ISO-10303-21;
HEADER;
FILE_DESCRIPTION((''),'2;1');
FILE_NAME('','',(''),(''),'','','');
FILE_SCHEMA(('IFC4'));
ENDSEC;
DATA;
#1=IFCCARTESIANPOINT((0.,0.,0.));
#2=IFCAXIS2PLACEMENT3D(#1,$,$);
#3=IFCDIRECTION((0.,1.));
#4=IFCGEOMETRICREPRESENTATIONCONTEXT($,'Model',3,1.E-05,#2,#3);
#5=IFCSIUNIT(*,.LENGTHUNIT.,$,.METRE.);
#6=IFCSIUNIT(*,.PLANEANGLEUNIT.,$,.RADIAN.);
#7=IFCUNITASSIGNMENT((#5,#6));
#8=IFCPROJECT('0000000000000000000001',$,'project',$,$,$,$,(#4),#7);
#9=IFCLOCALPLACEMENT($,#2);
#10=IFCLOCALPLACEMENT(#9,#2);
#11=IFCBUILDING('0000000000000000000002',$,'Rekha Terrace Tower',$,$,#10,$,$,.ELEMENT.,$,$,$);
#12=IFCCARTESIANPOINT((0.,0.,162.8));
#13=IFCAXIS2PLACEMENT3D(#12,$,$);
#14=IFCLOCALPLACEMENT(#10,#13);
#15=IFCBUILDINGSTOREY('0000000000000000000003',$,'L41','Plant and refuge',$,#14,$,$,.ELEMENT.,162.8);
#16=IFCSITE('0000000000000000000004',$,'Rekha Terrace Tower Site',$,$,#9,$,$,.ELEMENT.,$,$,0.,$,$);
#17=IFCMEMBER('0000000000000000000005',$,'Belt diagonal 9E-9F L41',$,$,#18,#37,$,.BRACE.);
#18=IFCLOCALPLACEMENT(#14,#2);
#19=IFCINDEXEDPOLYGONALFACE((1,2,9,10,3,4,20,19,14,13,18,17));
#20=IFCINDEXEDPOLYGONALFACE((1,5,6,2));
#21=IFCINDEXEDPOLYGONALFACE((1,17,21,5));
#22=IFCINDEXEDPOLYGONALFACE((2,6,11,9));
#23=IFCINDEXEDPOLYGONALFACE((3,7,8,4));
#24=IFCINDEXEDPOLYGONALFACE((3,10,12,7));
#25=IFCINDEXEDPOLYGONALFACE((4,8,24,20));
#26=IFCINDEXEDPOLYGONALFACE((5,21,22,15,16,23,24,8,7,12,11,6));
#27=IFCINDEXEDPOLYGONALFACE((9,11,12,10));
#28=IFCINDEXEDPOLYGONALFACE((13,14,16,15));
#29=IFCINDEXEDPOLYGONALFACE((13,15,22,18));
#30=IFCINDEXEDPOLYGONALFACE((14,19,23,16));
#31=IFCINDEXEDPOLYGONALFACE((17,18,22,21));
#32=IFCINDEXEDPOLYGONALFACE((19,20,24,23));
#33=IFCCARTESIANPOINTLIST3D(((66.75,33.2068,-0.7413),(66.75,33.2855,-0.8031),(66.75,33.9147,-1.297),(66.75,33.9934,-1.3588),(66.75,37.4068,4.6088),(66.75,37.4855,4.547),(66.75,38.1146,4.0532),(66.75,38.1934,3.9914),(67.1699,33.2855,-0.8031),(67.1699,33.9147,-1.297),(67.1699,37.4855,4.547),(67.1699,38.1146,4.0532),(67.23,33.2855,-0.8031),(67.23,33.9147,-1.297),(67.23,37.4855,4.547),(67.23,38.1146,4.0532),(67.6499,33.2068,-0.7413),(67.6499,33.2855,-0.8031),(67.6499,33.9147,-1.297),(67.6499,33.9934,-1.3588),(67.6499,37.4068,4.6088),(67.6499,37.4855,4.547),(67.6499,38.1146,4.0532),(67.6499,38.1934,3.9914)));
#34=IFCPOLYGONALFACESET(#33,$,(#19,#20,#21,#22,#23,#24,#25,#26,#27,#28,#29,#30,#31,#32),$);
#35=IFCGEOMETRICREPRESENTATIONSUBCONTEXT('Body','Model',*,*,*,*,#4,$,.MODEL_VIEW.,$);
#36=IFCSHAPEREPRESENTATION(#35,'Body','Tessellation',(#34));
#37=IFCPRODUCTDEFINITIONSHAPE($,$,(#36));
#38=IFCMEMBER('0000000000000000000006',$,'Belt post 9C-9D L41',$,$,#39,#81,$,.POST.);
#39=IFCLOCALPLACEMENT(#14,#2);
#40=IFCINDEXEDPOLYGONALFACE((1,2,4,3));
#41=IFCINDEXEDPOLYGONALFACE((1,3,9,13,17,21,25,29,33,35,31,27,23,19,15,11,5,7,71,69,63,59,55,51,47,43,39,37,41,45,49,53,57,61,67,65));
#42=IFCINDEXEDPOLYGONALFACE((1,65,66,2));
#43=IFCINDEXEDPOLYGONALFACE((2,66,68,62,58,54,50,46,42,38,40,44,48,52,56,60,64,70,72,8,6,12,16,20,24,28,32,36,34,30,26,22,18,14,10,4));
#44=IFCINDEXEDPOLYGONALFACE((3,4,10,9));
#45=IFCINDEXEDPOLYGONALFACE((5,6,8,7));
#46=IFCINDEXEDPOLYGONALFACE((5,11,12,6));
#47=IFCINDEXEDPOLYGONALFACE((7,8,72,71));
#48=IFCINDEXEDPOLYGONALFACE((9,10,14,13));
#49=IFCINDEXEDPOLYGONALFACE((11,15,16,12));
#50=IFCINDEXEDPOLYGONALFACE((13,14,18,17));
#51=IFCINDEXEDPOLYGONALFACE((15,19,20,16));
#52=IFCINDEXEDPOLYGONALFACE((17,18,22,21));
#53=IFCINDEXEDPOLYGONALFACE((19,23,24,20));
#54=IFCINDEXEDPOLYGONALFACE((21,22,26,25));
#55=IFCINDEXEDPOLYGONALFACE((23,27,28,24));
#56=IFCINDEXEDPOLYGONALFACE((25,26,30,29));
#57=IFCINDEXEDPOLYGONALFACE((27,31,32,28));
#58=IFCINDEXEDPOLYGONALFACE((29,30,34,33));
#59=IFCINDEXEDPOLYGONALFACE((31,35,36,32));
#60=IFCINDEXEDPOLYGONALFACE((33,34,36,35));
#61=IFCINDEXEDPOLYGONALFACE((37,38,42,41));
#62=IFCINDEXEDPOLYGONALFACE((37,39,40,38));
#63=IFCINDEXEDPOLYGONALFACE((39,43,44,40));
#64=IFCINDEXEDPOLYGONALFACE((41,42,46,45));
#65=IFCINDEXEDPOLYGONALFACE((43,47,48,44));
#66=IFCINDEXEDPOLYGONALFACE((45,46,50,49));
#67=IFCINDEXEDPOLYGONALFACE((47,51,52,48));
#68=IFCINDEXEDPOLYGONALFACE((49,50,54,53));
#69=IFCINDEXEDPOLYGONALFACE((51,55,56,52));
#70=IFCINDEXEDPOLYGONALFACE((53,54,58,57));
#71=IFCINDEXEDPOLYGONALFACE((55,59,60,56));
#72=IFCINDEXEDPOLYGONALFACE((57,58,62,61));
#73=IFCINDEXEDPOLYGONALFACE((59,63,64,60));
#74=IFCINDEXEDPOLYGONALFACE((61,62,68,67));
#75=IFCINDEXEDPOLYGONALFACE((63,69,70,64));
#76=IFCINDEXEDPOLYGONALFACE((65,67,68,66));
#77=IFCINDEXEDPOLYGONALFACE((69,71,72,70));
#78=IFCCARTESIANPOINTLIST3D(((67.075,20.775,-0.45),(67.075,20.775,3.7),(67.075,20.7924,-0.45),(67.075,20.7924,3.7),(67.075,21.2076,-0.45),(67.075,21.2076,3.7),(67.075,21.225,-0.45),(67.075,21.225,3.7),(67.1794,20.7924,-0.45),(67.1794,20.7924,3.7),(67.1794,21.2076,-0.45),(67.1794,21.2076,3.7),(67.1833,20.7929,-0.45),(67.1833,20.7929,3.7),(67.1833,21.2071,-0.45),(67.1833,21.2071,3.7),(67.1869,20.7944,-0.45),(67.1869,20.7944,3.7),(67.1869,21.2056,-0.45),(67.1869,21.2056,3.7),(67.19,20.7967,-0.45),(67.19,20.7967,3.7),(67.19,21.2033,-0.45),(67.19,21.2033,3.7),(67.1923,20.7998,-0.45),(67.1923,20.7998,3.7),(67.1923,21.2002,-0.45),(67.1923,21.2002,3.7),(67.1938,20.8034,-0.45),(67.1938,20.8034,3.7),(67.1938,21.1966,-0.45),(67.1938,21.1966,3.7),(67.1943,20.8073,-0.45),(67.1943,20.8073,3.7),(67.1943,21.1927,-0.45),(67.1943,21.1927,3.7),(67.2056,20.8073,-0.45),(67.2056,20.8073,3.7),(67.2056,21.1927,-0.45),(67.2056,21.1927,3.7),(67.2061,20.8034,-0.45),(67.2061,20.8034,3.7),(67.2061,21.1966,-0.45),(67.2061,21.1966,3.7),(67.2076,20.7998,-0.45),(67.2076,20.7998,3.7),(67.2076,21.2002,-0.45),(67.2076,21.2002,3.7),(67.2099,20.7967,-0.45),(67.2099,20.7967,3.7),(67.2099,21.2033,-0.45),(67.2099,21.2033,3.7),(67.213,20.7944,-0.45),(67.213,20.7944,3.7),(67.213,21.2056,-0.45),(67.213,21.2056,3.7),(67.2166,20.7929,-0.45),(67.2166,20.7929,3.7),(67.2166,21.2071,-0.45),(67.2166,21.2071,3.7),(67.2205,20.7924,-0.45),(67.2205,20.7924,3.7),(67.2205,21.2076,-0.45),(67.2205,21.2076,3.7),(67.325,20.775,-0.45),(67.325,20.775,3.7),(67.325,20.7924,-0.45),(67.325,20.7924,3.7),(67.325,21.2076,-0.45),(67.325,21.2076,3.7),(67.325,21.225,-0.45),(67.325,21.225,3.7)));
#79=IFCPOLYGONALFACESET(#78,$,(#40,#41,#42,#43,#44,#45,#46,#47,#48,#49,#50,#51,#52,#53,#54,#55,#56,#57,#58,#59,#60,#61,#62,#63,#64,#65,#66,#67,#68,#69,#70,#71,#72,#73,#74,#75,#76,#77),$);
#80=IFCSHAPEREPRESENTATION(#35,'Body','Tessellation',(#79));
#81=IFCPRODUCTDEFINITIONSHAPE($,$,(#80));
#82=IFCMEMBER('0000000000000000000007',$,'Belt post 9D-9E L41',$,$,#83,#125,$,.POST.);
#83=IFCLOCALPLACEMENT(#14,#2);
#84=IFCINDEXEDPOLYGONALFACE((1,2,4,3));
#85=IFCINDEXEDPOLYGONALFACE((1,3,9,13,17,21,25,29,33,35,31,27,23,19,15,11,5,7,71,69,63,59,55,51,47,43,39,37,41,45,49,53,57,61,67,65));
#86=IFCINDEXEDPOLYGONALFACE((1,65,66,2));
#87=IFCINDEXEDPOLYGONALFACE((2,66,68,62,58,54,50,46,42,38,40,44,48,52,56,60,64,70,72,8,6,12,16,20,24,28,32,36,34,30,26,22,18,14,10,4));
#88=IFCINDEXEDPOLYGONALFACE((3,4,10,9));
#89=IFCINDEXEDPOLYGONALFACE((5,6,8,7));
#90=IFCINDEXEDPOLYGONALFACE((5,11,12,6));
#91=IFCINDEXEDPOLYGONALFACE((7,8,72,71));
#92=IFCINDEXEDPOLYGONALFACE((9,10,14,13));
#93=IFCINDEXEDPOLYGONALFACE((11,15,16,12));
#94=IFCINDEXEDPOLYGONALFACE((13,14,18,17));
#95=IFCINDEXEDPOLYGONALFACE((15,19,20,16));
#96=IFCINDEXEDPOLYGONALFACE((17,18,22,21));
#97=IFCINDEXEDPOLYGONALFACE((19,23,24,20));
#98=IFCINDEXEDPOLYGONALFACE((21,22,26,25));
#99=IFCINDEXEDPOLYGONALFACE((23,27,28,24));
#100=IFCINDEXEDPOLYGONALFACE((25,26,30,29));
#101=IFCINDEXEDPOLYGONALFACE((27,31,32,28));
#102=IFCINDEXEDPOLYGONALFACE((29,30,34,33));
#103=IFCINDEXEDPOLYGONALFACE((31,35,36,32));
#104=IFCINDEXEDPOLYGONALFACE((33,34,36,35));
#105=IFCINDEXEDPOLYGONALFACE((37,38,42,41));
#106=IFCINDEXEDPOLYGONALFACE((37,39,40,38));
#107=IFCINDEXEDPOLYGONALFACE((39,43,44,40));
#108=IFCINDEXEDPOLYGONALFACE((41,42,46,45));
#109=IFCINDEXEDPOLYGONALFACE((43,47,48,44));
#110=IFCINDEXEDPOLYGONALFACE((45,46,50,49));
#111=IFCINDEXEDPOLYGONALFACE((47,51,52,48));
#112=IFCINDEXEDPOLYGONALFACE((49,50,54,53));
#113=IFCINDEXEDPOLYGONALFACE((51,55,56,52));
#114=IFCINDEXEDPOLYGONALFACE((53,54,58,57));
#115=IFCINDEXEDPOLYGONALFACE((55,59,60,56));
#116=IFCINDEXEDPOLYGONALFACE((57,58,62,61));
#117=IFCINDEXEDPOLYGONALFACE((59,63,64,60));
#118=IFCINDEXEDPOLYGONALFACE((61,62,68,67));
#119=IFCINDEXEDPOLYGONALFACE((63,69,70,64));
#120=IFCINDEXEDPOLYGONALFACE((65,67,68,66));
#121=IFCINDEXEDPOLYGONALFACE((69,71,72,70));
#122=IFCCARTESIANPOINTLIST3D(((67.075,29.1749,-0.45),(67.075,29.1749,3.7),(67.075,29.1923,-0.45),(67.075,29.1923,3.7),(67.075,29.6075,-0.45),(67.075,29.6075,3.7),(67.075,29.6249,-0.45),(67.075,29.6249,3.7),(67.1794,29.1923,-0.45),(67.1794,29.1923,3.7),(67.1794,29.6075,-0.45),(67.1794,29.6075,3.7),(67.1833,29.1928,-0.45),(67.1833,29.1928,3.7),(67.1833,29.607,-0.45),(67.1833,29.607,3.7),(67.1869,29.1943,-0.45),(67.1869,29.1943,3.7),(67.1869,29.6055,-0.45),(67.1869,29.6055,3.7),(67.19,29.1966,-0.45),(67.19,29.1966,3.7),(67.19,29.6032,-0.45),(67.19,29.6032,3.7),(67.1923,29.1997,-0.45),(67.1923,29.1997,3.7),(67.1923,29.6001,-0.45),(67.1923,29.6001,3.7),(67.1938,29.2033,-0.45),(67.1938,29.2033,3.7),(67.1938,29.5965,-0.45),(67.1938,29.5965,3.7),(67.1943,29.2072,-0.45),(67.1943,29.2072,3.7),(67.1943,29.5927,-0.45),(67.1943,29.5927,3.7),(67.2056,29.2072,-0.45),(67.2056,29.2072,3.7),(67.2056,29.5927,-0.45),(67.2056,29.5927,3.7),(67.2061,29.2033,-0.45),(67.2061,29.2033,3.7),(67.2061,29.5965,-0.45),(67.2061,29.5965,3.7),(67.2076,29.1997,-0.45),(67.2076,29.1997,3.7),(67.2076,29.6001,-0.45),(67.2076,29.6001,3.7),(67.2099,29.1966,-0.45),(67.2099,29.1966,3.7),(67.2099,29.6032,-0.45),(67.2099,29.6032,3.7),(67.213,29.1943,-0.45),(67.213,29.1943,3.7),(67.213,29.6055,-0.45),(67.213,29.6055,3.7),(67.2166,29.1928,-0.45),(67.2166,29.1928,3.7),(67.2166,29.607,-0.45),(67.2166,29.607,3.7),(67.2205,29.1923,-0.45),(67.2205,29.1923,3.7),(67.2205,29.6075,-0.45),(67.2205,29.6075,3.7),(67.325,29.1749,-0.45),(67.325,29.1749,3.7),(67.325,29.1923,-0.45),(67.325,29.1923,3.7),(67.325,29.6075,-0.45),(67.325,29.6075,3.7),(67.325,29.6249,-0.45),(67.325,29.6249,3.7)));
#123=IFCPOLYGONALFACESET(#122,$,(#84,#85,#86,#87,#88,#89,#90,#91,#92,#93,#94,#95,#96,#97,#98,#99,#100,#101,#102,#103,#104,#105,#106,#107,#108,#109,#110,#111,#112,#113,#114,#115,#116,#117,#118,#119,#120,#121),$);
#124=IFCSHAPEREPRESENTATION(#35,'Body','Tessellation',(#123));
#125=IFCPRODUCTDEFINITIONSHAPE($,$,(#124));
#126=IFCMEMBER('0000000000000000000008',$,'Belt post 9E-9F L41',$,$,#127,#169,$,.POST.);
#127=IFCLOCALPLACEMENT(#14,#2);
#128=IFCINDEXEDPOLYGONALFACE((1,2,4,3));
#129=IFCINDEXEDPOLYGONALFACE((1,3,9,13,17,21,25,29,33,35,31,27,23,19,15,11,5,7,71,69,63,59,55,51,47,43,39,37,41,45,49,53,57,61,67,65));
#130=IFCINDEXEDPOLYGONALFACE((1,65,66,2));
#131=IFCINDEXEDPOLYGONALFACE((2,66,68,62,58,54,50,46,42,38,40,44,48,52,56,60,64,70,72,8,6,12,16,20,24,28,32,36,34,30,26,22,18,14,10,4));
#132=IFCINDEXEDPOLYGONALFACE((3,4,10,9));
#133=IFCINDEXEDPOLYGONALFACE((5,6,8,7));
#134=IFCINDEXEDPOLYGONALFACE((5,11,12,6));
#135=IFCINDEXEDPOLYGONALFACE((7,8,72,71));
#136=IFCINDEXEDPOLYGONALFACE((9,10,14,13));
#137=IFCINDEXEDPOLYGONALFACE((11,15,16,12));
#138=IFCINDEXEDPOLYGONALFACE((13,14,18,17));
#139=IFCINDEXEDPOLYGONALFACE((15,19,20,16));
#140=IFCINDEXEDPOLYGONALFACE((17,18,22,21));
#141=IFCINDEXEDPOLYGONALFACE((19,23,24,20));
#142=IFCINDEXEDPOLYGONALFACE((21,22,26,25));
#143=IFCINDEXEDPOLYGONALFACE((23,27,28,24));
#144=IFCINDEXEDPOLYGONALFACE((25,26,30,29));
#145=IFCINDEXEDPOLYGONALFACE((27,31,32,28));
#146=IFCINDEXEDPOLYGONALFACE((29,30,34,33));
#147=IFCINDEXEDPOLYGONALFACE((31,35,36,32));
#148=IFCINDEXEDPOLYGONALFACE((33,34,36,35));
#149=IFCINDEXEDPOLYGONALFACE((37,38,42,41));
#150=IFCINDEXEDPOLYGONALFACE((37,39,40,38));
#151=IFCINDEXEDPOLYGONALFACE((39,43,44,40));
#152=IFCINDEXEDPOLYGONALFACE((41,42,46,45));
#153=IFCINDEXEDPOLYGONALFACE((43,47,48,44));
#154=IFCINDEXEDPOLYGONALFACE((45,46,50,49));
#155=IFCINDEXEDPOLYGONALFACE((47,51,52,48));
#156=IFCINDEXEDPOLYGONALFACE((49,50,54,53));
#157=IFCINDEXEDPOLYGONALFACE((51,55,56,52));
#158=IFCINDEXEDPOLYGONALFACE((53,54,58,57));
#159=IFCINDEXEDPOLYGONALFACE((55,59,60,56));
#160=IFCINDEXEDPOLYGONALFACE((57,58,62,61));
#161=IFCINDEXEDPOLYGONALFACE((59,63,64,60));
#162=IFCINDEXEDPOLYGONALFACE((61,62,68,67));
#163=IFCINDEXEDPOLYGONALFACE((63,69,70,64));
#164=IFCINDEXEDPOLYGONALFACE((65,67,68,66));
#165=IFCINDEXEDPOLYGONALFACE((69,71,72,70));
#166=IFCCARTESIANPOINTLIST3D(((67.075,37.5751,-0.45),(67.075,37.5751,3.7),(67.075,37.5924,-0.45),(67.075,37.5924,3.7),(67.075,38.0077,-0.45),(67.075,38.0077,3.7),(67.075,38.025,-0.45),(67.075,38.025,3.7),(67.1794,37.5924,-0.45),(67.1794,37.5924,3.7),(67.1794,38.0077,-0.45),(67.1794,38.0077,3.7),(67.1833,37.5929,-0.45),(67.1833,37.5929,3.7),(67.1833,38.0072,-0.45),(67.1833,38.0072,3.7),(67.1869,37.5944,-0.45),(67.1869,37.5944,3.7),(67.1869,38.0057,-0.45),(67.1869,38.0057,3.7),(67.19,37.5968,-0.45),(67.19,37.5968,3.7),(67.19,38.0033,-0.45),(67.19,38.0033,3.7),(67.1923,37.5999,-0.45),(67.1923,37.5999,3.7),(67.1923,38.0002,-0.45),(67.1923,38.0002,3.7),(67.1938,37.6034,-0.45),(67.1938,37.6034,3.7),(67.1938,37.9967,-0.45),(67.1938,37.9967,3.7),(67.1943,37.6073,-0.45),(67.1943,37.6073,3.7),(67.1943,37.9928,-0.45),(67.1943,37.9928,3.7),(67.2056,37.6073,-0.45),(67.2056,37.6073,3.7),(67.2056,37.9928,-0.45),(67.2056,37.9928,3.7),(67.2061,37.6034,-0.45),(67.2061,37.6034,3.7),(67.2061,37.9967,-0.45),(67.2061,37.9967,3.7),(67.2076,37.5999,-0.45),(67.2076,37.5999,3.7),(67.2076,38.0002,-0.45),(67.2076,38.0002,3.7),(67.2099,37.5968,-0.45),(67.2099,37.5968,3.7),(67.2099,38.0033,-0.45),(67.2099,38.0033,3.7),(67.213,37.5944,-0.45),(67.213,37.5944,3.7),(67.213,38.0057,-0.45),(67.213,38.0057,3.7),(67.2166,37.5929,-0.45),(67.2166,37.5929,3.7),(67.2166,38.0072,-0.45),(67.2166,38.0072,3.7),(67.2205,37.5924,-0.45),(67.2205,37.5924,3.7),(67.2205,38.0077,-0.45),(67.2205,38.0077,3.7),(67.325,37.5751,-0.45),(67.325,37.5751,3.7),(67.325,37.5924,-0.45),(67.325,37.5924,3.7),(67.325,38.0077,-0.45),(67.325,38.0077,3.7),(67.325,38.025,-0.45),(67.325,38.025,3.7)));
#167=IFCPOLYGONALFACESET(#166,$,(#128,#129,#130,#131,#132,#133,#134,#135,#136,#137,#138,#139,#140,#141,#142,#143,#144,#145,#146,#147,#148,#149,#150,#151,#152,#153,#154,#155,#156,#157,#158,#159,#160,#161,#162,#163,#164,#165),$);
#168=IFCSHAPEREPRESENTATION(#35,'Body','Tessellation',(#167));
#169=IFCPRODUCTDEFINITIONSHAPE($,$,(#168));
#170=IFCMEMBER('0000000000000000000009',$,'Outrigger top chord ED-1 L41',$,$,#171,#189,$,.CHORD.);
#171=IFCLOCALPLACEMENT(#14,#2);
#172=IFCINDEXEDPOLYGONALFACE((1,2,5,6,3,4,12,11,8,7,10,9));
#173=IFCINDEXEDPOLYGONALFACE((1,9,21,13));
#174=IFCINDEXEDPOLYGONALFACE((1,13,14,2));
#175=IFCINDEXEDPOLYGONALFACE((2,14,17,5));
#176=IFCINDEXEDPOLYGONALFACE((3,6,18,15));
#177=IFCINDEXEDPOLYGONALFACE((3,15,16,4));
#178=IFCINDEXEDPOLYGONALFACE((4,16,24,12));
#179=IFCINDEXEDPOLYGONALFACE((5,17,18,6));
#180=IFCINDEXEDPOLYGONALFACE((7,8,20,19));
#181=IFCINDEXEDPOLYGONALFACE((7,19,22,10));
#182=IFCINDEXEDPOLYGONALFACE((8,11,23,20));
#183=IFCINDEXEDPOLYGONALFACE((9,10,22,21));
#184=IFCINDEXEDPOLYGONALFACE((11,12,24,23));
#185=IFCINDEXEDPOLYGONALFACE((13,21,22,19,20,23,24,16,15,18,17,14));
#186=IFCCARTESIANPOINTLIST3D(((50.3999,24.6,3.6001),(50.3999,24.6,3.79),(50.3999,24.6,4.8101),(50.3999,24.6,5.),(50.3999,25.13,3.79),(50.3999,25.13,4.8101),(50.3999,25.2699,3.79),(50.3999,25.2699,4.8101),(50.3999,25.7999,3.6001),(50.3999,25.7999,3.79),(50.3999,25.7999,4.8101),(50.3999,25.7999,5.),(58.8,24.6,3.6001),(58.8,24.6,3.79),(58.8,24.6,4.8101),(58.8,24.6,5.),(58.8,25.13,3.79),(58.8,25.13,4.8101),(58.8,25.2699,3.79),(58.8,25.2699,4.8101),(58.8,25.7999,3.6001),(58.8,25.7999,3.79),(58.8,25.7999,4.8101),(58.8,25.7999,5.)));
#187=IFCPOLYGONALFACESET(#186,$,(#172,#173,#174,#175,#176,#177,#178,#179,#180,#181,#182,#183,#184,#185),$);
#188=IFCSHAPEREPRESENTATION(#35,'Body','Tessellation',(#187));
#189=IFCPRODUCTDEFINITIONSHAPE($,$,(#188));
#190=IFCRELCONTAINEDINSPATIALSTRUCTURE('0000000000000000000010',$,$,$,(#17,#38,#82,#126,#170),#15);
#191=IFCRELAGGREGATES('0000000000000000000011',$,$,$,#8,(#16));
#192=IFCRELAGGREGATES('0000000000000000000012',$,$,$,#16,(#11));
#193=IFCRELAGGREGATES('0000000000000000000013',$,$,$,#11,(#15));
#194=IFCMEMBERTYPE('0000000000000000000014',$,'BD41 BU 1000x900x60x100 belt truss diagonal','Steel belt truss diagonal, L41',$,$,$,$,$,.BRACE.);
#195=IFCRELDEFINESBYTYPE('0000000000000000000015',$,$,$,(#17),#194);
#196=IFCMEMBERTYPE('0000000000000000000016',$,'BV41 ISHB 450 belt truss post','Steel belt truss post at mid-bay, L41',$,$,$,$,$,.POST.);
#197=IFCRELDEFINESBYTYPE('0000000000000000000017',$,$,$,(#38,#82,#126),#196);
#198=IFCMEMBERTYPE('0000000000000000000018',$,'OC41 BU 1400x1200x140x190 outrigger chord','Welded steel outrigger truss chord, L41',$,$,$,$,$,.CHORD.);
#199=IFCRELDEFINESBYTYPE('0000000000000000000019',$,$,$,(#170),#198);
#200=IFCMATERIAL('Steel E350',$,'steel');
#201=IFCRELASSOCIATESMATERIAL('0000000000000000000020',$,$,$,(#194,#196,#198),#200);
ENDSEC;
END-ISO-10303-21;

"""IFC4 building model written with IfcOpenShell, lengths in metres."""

from ifc_helpers import new_model, si_unit, direction, frame, origin, origin_2d, place, context, subcontext, project, spatial, i_section, extrude, material, material_profile, profile_set, type_object, element, save


model = new_model("IFC4")

# Units and contexts
model_context = context("Model", 3, precision=1e-05, world=origin(), true_north=direction((0.0, 1.0)))
body_context = subcontext(model_context, "Body", "Model", "MODEL_VIEW")
ifc_project = project(units=[si_unit("LENGTHUNIT", "METRE"), si_unit("PLANEANGLEUNIT", "RADIAN")], contexts=[model_context])

# Site, building, storey
site_placement = place(None, origin())
site = spatial("IfcSite", under=ifc_project, at=site_placement, Name="Rekha Terrace Tower Site", CompositionType="ELEMENT", RefElevation=0.0)
building_placement = place(site_placement, origin())
building = spatial("IfcBuilding", under=site, at=building_placement, Name="Rekha Terrace Tower", CompositionType="ELEMENT")
storey_placement = place(building_placement, frame((0.0, 0.0, 162.8)))
storey = spatial("IfcBuildingStorey", under=building, at=storey_placement, Name="L41", Description="Plant and refuge", CompositionType="ELEMENT", Elevation=162.8)

# Members
ifc_material_1 = material(Name="Steel E350", Category="steel")
ifc_material_profile_1 = material_profile(ifc_material_1, i_section(OverallWidth=0.8999, OverallDepth=1.0, WebThickness=0.0601, FlangeThickness=0.1001, at=origin_2d()), Name="BU 1000x900x60x100")
ifc_profile_set_1 = profile_set([ifc_material_profile_1], Name="Steel E350")
member_type_1 = type_object("IfcMemberType", Name="BD41 BU 1000x900x60x100 belt truss diagonal", Description="Steel belt truss diagonal, L41", PredefinedType="BRACE", material=ifc_profile_set_1)
for number, where, z_axis, x_axis, name in (
    (1, (67.2, 33.6001, -1.05), (0.0, 0.617485, 0.786582), (-1.0, 0.0, 0.0), "Belt diagonal 9E-9F L41"),
):
    element("IfcMember", number, at=place(storey_placement, frame(where, z_axis=z_axis, x_axis=x_axis)), inside=storey, type_object=member_type_1, Name=name, PredefinedType="BRACE", context=body_context, shape_type="SweptSolid", body=[
        extrude(i_section(OverallWidth=0.8999, OverallDepth=1.0, WebThickness=0.0601, FlangeThickness=0.1001, at=origin_2d()), origin(), (0.0, 0.0, 1.0), 6.8018),
    ])
ifc_material_profile_2 = material_profile(ifc_material_1, i_section(OverallWidth=0.25, OverallDepth=0.45, WebThickness=0.0112, FlangeThickness=0.0173, FilletRadius=0.0149, at=origin_2d()), Name="ISHB 450")
ifc_profile_set_2 = profile_set([ifc_material_profile_2], Name="Steel E350")
member_type_2 = type_object("IfcMemberType", Name="BV41 ISHB 450 belt truss post", Description="Steel belt truss post at mid-bay, L41", PredefinedType="POST", material=ifc_profile_set_2)
for number, where, z_axis, x_axis, name in (
    (2, (67.2, 21.0, -0.45), (0.0, 0.0, 1.0), (1.0, 0.0, 0.0), "Belt post 9C-9D L41"),
    (3, (67.2, 29.3999, -0.45), (0.0, 0.0, 1.0), (1.0, 0.0, 0.0), "Belt post 9D-9E L41"),
    (4, (67.2, 37.8, -0.45), (0.0, 0.0, 1.0), (1.0, 0.0, 0.0), "Belt post 9E-9F L41"),
):
    element("IfcMember", number, at=place(storey_placement, frame(where, z_axis=z_axis, x_axis=x_axis)), inside=storey, type_object=member_type_2, Name=name, PredefinedType="POST", context=body_context, shape_type="SweptSolid", body=[
        extrude(i_section(OverallWidth=0.25, OverallDepth=0.45, WebThickness=0.0112, FlangeThickness=0.0173, FilletRadius=0.0149, at=origin_2d()), origin(), (0.0, 0.0, 1.0), 4.1499),
    ])
ifc_material_profile_3 = material_profile(ifc_material_1, i_section(OverallWidth=1.2, OverallDepth=1.3999, WebThickness=0.1399, FlangeThickness=0.1899, at=origin_2d()), Name="BU 1400x1200x140x190")
ifc_profile_set_3 = profile_set([ifc_material_profile_3], Name="Steel E350")
member_type_3 = type_object("IfcMemberType", Name="OC41 BU 1400x1200x140x190 outrigger chord", Description="Welded steel outrigger truss chord, L41", PredefinedType="CHORD", material=ifc_profile_set_3)
for number, where, z_axis, x_axis, name in (
    (5, (50.3999, 25.2, 4.3), (1.0, 0.0, 0.0), (0.0, 1.0, 0.0), "Outrigger top chord ED-1 L41"),
):
    element("IfcMember", number, at=place(storey_placement, frame(where, z_axis=z_axis, x_axis=x_axis)), inside=storey, type_object=member_type_3, Name=name, PredefinedType="CHORD", context=body_context, shape_type="SweptSolid", body=[
        extrude(i_section(OverallWidth=1.2, OverallDepth=1.3999, WebThickness=0.1399, FlangeThickness=0.1899, at=origin_2d()), origin(), (0.0, 0.0, 1.0), 8.4001),
    ])

save(model, "model.ifc")
